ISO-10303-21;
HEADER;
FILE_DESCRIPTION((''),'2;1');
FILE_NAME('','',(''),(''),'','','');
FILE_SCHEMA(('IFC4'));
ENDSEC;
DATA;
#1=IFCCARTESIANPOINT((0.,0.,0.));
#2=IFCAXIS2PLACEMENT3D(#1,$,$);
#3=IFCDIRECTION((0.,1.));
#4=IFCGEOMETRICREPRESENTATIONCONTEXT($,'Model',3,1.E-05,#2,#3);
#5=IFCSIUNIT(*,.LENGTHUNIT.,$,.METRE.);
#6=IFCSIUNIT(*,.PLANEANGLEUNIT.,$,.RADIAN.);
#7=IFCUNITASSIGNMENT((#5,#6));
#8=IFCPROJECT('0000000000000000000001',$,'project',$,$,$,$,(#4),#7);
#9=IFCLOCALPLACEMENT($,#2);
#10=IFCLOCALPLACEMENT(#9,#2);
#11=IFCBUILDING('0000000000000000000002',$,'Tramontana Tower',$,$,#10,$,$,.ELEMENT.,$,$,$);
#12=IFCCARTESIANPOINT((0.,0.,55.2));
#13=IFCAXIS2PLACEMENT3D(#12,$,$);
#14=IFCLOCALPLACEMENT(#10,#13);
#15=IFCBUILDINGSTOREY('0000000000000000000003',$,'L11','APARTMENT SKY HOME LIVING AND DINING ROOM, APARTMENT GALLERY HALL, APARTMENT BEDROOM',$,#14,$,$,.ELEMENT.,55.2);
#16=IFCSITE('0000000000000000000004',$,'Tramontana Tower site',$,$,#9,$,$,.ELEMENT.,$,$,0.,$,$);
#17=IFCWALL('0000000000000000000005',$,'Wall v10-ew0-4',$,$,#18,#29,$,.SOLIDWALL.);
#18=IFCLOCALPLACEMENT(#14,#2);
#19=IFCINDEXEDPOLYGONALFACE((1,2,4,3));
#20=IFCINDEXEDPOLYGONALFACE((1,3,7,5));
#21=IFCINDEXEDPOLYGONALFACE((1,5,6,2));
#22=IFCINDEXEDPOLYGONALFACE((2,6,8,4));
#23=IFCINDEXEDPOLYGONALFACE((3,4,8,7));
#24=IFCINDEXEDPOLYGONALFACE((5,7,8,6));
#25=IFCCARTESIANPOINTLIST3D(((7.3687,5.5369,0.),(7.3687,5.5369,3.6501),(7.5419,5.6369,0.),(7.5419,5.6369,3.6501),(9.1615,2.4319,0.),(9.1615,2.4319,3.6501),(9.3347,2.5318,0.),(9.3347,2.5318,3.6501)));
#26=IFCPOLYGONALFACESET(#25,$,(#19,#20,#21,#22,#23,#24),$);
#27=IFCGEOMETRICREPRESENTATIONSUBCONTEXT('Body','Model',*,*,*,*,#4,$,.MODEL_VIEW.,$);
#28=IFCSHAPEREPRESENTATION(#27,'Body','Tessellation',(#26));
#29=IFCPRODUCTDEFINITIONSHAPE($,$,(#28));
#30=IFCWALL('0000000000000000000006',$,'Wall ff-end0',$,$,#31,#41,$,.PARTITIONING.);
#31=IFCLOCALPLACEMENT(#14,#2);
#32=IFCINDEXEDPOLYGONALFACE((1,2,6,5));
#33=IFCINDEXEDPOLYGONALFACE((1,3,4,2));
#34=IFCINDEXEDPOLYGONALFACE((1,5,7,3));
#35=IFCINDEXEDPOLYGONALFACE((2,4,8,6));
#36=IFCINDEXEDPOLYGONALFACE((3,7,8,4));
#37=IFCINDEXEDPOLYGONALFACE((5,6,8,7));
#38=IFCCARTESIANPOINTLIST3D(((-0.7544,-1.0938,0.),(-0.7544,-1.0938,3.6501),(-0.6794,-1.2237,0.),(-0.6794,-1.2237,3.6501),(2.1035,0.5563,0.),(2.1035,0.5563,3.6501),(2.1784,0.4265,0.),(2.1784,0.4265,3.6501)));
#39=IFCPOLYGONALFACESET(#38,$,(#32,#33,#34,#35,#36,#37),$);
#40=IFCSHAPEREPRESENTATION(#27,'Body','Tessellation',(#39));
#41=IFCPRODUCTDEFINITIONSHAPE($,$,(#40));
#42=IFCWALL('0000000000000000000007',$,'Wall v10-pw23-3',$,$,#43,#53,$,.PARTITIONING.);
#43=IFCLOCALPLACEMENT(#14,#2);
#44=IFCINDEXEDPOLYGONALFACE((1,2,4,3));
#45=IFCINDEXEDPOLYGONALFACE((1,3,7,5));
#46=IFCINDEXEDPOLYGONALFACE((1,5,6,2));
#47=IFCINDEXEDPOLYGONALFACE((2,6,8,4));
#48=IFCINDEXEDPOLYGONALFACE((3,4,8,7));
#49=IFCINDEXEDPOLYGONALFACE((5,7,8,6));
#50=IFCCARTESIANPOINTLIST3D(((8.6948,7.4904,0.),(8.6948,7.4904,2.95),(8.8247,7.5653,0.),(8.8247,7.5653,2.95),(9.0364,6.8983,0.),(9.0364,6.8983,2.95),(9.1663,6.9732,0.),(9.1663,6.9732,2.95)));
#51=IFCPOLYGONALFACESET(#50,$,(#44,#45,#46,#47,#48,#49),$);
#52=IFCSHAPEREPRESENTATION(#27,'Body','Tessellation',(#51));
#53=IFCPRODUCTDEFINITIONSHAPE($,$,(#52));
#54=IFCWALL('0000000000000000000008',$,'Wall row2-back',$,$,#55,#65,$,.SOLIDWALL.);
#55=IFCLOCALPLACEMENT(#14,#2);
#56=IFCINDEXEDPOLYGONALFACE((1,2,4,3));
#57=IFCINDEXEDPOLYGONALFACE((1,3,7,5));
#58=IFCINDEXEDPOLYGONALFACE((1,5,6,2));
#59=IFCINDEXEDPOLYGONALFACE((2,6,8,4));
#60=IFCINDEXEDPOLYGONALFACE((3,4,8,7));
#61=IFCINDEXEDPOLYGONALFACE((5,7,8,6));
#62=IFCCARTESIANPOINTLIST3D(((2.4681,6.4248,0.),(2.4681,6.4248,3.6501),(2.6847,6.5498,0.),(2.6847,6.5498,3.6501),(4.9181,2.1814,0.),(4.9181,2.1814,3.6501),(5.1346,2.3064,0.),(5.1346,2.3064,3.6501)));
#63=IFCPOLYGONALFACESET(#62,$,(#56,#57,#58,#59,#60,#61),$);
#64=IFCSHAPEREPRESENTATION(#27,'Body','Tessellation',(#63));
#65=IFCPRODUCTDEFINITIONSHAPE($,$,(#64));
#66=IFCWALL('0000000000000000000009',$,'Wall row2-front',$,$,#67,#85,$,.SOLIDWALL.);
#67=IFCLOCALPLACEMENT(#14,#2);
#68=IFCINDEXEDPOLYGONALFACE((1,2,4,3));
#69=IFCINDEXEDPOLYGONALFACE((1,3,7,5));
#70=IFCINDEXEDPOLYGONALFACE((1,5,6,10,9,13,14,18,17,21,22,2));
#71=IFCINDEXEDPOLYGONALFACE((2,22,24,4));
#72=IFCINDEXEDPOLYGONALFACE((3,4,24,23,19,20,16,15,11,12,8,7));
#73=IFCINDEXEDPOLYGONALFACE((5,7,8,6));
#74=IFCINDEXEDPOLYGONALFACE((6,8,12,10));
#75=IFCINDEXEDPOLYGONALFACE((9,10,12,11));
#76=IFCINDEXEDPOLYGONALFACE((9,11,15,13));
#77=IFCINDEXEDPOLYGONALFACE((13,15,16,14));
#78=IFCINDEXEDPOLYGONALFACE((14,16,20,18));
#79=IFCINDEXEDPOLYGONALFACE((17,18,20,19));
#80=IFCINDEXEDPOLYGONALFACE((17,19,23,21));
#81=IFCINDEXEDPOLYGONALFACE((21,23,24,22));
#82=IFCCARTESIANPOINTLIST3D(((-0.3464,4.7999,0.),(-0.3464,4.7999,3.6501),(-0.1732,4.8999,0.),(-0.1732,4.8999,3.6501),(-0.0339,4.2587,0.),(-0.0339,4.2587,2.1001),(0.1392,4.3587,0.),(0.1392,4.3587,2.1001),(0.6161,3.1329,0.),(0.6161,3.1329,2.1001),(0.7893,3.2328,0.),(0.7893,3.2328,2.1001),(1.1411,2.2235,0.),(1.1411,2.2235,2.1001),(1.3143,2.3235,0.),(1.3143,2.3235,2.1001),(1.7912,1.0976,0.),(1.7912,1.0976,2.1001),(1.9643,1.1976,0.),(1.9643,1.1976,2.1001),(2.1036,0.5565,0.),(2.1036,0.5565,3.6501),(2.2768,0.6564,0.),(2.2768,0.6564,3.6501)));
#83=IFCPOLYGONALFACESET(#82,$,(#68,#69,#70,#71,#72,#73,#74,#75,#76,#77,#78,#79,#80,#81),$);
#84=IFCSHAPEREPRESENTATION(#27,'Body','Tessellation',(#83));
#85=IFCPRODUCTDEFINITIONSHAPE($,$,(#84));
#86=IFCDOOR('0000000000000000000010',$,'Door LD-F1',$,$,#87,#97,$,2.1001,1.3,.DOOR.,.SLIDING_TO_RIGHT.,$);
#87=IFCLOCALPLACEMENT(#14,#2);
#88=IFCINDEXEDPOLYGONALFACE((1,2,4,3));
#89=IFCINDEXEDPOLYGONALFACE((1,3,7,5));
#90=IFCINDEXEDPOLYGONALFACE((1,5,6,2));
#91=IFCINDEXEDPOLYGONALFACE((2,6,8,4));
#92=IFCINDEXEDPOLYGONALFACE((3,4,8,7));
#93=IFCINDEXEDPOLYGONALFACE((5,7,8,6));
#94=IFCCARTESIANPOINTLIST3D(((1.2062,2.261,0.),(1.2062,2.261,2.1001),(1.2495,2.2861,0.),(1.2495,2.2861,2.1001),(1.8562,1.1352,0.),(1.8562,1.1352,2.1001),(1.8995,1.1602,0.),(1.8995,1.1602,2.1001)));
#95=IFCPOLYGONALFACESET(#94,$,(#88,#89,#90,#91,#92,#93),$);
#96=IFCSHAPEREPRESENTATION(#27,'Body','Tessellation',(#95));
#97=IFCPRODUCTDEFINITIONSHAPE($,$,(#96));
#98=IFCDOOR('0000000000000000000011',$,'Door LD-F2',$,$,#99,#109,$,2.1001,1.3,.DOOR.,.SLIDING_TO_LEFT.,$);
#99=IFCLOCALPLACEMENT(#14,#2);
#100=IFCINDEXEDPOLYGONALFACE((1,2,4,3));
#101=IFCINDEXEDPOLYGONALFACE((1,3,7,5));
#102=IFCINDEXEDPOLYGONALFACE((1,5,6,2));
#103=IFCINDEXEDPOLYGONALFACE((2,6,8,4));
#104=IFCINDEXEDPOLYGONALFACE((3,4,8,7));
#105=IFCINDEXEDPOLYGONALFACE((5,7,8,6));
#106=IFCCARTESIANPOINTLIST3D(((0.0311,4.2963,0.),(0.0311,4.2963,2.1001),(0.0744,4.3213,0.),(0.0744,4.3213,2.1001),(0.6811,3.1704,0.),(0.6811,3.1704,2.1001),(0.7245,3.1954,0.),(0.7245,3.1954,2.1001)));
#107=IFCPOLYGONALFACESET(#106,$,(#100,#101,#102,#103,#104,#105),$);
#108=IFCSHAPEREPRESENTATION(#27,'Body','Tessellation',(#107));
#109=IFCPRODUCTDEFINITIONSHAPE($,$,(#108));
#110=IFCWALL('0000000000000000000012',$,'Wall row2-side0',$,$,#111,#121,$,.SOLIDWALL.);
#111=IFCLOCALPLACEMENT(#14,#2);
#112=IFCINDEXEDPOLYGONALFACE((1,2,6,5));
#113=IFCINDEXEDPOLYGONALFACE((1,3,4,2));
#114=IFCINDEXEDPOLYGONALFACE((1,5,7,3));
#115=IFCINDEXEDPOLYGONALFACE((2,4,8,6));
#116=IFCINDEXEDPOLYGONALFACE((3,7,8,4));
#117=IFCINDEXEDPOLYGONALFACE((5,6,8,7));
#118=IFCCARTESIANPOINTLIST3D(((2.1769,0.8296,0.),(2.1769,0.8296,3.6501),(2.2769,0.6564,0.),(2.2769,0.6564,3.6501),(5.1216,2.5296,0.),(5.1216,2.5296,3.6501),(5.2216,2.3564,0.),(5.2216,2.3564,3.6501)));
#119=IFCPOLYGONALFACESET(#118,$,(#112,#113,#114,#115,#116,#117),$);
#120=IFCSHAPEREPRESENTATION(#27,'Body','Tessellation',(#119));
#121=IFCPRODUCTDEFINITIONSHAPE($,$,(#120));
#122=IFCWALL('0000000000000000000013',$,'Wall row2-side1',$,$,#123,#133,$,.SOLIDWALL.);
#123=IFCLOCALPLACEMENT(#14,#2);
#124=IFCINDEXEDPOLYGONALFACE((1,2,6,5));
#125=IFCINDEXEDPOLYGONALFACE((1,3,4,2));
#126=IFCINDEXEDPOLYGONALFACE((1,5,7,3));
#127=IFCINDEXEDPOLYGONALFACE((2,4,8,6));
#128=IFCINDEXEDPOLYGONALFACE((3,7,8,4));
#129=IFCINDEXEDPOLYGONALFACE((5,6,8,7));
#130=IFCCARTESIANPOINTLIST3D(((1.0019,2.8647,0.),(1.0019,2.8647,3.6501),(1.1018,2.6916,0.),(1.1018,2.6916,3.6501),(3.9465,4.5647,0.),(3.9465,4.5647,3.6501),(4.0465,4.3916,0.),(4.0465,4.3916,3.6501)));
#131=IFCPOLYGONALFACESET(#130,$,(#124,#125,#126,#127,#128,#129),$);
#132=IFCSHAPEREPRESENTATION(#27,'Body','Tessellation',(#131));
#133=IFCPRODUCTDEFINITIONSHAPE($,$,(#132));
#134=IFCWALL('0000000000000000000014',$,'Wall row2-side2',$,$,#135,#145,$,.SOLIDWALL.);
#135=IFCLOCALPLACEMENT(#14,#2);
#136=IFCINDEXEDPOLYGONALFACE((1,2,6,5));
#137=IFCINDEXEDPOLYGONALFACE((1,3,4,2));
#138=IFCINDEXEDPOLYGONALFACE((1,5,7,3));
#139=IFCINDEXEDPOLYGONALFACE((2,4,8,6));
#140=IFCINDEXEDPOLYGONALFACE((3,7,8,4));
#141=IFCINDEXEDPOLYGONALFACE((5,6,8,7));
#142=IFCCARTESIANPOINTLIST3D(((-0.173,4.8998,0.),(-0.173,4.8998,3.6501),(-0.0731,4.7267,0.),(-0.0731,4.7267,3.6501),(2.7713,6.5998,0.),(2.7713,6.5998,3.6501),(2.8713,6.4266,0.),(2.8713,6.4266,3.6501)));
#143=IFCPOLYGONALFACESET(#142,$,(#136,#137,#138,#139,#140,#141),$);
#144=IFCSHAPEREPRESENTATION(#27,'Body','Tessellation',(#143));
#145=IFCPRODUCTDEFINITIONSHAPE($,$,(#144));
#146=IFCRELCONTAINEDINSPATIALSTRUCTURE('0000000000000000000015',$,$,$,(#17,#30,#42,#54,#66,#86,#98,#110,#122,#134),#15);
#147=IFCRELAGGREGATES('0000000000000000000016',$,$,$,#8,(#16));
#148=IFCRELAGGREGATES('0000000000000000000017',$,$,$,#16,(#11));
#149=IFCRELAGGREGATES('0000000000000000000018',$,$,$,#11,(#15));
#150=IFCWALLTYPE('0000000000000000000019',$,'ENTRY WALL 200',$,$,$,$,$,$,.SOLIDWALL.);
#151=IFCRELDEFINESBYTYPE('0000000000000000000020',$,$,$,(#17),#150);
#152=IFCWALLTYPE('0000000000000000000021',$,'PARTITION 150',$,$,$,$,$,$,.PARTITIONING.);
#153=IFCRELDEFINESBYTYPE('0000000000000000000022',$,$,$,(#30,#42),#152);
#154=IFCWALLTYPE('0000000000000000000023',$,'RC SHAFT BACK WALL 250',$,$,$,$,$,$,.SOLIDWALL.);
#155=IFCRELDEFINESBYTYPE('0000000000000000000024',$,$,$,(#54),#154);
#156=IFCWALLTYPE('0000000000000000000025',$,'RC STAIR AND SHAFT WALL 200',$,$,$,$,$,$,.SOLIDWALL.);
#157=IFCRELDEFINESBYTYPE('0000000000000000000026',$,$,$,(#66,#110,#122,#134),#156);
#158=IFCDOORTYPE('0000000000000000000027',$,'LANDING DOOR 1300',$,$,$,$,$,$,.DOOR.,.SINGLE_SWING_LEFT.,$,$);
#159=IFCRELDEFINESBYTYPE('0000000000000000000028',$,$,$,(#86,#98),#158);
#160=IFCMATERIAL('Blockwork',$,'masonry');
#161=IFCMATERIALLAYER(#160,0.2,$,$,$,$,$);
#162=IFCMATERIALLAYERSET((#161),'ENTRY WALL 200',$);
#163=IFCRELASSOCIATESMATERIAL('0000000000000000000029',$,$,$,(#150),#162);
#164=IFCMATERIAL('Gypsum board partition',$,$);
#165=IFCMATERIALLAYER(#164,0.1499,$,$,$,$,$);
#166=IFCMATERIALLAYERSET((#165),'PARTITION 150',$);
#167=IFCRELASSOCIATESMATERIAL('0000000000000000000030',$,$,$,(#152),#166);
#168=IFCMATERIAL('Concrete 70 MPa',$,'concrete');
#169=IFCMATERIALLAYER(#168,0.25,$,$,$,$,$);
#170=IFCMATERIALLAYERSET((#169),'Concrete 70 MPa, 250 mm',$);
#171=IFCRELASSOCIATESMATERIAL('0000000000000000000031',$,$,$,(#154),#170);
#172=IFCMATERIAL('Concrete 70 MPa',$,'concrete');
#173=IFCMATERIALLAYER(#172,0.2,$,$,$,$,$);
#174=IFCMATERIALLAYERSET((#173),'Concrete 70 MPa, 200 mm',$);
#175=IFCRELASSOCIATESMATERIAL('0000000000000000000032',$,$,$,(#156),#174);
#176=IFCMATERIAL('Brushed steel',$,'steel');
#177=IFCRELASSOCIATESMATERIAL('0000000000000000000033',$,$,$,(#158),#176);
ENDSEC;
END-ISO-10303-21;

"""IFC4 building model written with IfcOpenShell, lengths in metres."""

from ifc_helpers import new_model, si_unit, direction, frame, frame_2d, origin, place, context, subcontext, project, spatial, rectangle, extrude, material, layer, layer_set, type_object, element, fill, save


model = new_model("IFC4")

# Units and contexts
model_context = context("Model", 3, precision=1e-05, world=origin(), true_north=direction((0.0, 1.0)))
body_context = subcontext(model_context, "Body", "Model", "MODEL_VIEW")
ifc_project = project(units=[si_unit("LENGTHUNIT", "METRE"), si_unit("PLANEANGLEUNIT", "RADIAN")], contexts=[model_context])

# Site, building, storey
site_placement = place(None, origin())
site = spatial("IfcSite", under=ifc_project, at=site_placement, Name="Tramontana Tower site", CompositionType="ELEMENT", RefElevation=0.0)
building_placement = place(site_placement, origin())
building = spatial("IfcBuilding", under=site, at=building_placement, Name="Tramontana Tower", CompositionType="ELEMENT")
storey_placement = place(building_placement, frame((0.0, 0.0, 55.2)))
storey = spatial("IfcBuildingStorey", under=building, at=storey_placement, Name="L11", Description="APARTMENT SKY HOME LIVING AND DINING ROOM, APARTMENT GALLERY HALL, APARTMENT BEDROOM", CompositionType="ELEMENT", Elevation=55.2)

# Walls
ifc_material_1 = material(Name="Blockwork", Category="masonry")
ifc_layer_1 = layer(ifc_material_1, 0.2)
ifc_layer_set_1 = layer_set([ifc_layer_1], Name="ENTRY WALL 200")
wall_type_1 = type_object("IfcWallType", Name="ENTRY WALL 200", PredefinedType="SOLIDWALL", material=ifc_layer_set_1)
wall_1_placement = place(storey_placement, frame((7.4553, 5.5869, 0.0), z_axis=(0.0, 0.0, 1.0), x_axis=(0.500013, -0.866018, 0.0)))
element("IfcWall", 1, at=wall_1_placement, inside=storey, type_object=wall_type_1, Name="Wall v10-ew0-4", PredefinedType="SOLIDWALL", context=body_context, shape_type="SweptSolid", body=[
    extrude(rectangle(XDim=3.5854, YDim=0.2, at=frame_2d((1.7927, 0.0))), origin(), (0.0, 0.0, 1.0), 3.6501),
])
ifc_material_2 = material(Name="Gypsum board partition")
ifc_layer_2 = layer(ifc_material_2, 0.1499)
ifc_layer_set_2 = layer_set([ifc_layer_2], Name="PARTITION 150")
wall_type_2 = type_object("IfcWallType", Name="PARTITION 150", PredefinedType="PARTITIONING", material=ifc_layer_set_2)
wall_2_placement = place(storey_placement, frame((-0.7168, -1.1587, 0.0), z_axis=(0.0, 0.0, 1.0), x_axis=(0.866008, 0.50003, 0.0)))
element("IfcWall", 2, at=wall_2_placement, inside=storey, type_object=wall_type_2, Name="Wall ff-end0", PredefinedType="PARTITIONING", context=body_context, shape_type="SweptSolid", body=[
    extrude(rectangle(XDim=3.3, YDim=0.1499, at=frame_2d((1.6499, 0.0))), origin(), (0.0, 0.0, 1.0), 3.6501),
])
wall_3_placement = place(storey_placement, frame((8.7598, 7.5278, 0.0), z_axis=(0.0, 0.0, 1.0), x_axis=(0.499712, -0.866192, 0.0)))
element("IfcWall", 3, at=wall_3_placement, inside=storey, type_object=wall_type_2, Name="Wall v10-pw23-3", PredefinedType="PARTITIONING", context=body_context, shape_type="SweptSolid", body=[
    extrude(rectangle(XDim=0.6836, YDim=0.1499, at=frame_2d((0.3418, 0.0))), origin(), (0.0, 0.0, 1.0), 2.95),
])
ifc_material_3 = material(Name="Concrete 70 MPa", Category="concrete")
ifc_layer_3 = layer(ifc_material_3, 0.25)
ifc_layer_set_3 = layer_set([ifc_layer_3], Name="Concrete 70 MPa, 250 mm")
wall_type_3 = type_object("IfcWallType", Name="RC SHAFT BACK WALL 250", PredefinedType="SOLIDWALL", material=ifc_layer_set_3)
wall_4_placement = place(storey_placement, frame((5.0264, 2.2439, 0.0), z_axis=(0.0, 0.0, 1.0), x_axis=(-0.500003, 0.866024, 0.0)))
element("IfcWall", 4, at=wall_4_placement, inside=storey, type_object=wall_type_3, Name="Wall row2-back", PredefinedType="SOLIDWALL", context=body_context, shape_type="SweptSolid", body=[
    extrude(rectangle(XDim=4.8999, YDim=0.25, at=frame_2d((2.45, 0.0))), origin(), (0.0, 0.0, 1.0), 3.6501),
])

# Shared definitions
ifc_material_4 = material(Name="Concrete 70 MPa", Category="concrete")
ifc_layer_4 = layer(ifc_material_4, 0.2)
ifc_layer_set_4 = layer_set([ifc_layer_4], Name="Concrete 70 MPa, 200 mm")
wall_type_4 = type_object("IfcWallType", Name="RC STAIR AND SHAFT WALL 200", PredefinedType="SOLIDWALL", material=ifc_layer_set_4)

# Wall, openings, doors
wall_5_placement = place(storey_placement, frame((2.1902, 0.6064, 0.0), z_axis=(0.0, 0.0, 1.0), x_axis=(-0.500003, 0.866024, 0.0)))
wall_5 = element("IfcWall", 5, at=wall_5_placement, inside=storey, type_object=wall_type_4, Name="Wall row2-front", PredefinedType="SOLIDWALL", context=body_context, shape_type="SweptSolid", body=[
    extrude(rectangle(XDim=4.8999, YDim=0.2, at=frame_2d((2.45, 0.0))), origin(), (0.0, 0.0, 1.0), 3.6501),
])
opening_1_placement = place(wall_5_placement, frame((0.625, 0.0, 0.0)))
opening_1 = element("IfcOpeningElement", 6, at=opening_1_placement, cuts=wall_5, PredefinedType="OPENING", context=body_context, shape_type="SweptSolid", body=[
    extrude(rectangle(XDim=1.3, YDim=2.1001, at=frame_2d((0.6499, 1.05))), frame((0.0, 0.1099, 0.0), z_axis=(0.0, -1.0, 0.0), x_axis=(1.0, 0.0, 0.0)), (0.0, 0.0, 1.0), 0.22),
])
opening_2_placement = place(wall_5_placement, frame((2.9751, 0.0, 0.0)))
opening_2 = element("IfcOpeningElement", 7, at=opening_2_placement, cuts=wall_5, PredefinedType="OPENING", context=body_context, shape_type="SweptSolid", body=[
    extrude(rectangle(XDim=1.3, YDim=2.1001, at=frame_2d((0.6499, 1.05))), frame((0.0, 0.1099, 0.0), z_axis=(0.0, -1.0, 0.0), x_axis=(1.0, 0.0, 0.0)), (0.0, 0.0, 1.0), 0.22),
])
ifc_material_5 = material(Name="Brushed steel", Category="steel")
door_type_1 = type_object("IfcDoorType", Name="LANDING DOOR 1300", OperationType="SINGLE_SWING_LEFT", PredefinedType="DOOR", material=ifc_material_5)
door_1_placement = place(opening_1_placement, origin())
door_1 = element("IfcDoor", 8, at=door_1_placement, inside=storey, type_object=door_type_1, Name="Door LD-F1", OperationType="SLIDING_TO_RIGHT", OverallHeight=2.1001, OverallWidth=1.3, PredefinedType="DOOR", context=body_context, shape_type="SweptSolid", body=[
    extrude(rectangle(XDim=1.3, YDim=2.1001, at=frame_2d((0.6499, 1.05))), frame((0.0, 0.0249, 0.0), z_axis=(0.0, -1.0, 0.0), x_axis=(1.0, 0.0, 0.0)), (0.0, 0.0, 1.0), 0.05),
])
fill(opening_1, door_1)
door_2_placement = place(opening_2_placement, origin())
door_2 = element("IfcDoor", 9, at=door_2_placement, inside=storey, type_object=door_type_1, Name="Door LD-F2", OperationType="SLIDING_TO_LEFT", OverallHeight=2.1001, OverallWidth=1.3, PredefinedType="DOOR", context=body_context, shape_type="SweptSolid", body=[
    extrude(rectangle(XDim=1.3, YDim=2.1001, at=frame_2d((0.6499, 1.05))), frame((0.0, 0.0249, 0.0), z_axis=(0.0, -1.0, 0.0), x_axis=(1.0, 0.0, 0.0)), (0.0, 0.0, 1.0), 0.05),
])
fill(opening_2, door_2)

# Walls
for number, where, z_axis, x_axis, name in (
    (10, (2.2268, 0.7429, 0.0), (0.0, 0.0, 1.0), (0.866039, 0.499977, 0.0), "Wall row2-side0"),
    (11, (1.0518, 2.7781, 0.0), (0.0, 0.0, 1.0), (0.866039, 0.499977, 0.0), "Wall row2-side1"),
):
    element("IfcWall", number, at=place(storey_placement, frame(where, z_axis=z_axis, x_axis=x_axis)), inside=storey, type_object=wall_type_4, Name=name, PredefinedType="SOLIDWALL", context=body_context, shape_type="SweptSolid", body=[
        extrude(rectangle(XDim=3.4001, YDim=0.2, at=frame_2d((1.7002, 0.0))), origin(), (0.0, 0.0, 1.0), 3.6501),
    ])
wall_6_placement = place(storey_placement, frame((-0.123, 4.8132, 0.0), z_axis=(0.0, 0.0, 1.0), x_axis=(0.866021, 0.500008, 0.0)))
element("IfcWall", 12, at=wall_6_placement, inside=storey, type_object=wall_type_4, Name="Wall row2-side2", PredefinedType="SOLIDWALL", context=body_context, shape_type="SweptSolid", body=[
    extrude(rectangle(XDim=3.3999, YDim=0.2, at=frame_2d((1.7, 0.0))), origin(), (0.0, 0.0, 1.0), 3.6501),
])

save(model, "model.ifc")
